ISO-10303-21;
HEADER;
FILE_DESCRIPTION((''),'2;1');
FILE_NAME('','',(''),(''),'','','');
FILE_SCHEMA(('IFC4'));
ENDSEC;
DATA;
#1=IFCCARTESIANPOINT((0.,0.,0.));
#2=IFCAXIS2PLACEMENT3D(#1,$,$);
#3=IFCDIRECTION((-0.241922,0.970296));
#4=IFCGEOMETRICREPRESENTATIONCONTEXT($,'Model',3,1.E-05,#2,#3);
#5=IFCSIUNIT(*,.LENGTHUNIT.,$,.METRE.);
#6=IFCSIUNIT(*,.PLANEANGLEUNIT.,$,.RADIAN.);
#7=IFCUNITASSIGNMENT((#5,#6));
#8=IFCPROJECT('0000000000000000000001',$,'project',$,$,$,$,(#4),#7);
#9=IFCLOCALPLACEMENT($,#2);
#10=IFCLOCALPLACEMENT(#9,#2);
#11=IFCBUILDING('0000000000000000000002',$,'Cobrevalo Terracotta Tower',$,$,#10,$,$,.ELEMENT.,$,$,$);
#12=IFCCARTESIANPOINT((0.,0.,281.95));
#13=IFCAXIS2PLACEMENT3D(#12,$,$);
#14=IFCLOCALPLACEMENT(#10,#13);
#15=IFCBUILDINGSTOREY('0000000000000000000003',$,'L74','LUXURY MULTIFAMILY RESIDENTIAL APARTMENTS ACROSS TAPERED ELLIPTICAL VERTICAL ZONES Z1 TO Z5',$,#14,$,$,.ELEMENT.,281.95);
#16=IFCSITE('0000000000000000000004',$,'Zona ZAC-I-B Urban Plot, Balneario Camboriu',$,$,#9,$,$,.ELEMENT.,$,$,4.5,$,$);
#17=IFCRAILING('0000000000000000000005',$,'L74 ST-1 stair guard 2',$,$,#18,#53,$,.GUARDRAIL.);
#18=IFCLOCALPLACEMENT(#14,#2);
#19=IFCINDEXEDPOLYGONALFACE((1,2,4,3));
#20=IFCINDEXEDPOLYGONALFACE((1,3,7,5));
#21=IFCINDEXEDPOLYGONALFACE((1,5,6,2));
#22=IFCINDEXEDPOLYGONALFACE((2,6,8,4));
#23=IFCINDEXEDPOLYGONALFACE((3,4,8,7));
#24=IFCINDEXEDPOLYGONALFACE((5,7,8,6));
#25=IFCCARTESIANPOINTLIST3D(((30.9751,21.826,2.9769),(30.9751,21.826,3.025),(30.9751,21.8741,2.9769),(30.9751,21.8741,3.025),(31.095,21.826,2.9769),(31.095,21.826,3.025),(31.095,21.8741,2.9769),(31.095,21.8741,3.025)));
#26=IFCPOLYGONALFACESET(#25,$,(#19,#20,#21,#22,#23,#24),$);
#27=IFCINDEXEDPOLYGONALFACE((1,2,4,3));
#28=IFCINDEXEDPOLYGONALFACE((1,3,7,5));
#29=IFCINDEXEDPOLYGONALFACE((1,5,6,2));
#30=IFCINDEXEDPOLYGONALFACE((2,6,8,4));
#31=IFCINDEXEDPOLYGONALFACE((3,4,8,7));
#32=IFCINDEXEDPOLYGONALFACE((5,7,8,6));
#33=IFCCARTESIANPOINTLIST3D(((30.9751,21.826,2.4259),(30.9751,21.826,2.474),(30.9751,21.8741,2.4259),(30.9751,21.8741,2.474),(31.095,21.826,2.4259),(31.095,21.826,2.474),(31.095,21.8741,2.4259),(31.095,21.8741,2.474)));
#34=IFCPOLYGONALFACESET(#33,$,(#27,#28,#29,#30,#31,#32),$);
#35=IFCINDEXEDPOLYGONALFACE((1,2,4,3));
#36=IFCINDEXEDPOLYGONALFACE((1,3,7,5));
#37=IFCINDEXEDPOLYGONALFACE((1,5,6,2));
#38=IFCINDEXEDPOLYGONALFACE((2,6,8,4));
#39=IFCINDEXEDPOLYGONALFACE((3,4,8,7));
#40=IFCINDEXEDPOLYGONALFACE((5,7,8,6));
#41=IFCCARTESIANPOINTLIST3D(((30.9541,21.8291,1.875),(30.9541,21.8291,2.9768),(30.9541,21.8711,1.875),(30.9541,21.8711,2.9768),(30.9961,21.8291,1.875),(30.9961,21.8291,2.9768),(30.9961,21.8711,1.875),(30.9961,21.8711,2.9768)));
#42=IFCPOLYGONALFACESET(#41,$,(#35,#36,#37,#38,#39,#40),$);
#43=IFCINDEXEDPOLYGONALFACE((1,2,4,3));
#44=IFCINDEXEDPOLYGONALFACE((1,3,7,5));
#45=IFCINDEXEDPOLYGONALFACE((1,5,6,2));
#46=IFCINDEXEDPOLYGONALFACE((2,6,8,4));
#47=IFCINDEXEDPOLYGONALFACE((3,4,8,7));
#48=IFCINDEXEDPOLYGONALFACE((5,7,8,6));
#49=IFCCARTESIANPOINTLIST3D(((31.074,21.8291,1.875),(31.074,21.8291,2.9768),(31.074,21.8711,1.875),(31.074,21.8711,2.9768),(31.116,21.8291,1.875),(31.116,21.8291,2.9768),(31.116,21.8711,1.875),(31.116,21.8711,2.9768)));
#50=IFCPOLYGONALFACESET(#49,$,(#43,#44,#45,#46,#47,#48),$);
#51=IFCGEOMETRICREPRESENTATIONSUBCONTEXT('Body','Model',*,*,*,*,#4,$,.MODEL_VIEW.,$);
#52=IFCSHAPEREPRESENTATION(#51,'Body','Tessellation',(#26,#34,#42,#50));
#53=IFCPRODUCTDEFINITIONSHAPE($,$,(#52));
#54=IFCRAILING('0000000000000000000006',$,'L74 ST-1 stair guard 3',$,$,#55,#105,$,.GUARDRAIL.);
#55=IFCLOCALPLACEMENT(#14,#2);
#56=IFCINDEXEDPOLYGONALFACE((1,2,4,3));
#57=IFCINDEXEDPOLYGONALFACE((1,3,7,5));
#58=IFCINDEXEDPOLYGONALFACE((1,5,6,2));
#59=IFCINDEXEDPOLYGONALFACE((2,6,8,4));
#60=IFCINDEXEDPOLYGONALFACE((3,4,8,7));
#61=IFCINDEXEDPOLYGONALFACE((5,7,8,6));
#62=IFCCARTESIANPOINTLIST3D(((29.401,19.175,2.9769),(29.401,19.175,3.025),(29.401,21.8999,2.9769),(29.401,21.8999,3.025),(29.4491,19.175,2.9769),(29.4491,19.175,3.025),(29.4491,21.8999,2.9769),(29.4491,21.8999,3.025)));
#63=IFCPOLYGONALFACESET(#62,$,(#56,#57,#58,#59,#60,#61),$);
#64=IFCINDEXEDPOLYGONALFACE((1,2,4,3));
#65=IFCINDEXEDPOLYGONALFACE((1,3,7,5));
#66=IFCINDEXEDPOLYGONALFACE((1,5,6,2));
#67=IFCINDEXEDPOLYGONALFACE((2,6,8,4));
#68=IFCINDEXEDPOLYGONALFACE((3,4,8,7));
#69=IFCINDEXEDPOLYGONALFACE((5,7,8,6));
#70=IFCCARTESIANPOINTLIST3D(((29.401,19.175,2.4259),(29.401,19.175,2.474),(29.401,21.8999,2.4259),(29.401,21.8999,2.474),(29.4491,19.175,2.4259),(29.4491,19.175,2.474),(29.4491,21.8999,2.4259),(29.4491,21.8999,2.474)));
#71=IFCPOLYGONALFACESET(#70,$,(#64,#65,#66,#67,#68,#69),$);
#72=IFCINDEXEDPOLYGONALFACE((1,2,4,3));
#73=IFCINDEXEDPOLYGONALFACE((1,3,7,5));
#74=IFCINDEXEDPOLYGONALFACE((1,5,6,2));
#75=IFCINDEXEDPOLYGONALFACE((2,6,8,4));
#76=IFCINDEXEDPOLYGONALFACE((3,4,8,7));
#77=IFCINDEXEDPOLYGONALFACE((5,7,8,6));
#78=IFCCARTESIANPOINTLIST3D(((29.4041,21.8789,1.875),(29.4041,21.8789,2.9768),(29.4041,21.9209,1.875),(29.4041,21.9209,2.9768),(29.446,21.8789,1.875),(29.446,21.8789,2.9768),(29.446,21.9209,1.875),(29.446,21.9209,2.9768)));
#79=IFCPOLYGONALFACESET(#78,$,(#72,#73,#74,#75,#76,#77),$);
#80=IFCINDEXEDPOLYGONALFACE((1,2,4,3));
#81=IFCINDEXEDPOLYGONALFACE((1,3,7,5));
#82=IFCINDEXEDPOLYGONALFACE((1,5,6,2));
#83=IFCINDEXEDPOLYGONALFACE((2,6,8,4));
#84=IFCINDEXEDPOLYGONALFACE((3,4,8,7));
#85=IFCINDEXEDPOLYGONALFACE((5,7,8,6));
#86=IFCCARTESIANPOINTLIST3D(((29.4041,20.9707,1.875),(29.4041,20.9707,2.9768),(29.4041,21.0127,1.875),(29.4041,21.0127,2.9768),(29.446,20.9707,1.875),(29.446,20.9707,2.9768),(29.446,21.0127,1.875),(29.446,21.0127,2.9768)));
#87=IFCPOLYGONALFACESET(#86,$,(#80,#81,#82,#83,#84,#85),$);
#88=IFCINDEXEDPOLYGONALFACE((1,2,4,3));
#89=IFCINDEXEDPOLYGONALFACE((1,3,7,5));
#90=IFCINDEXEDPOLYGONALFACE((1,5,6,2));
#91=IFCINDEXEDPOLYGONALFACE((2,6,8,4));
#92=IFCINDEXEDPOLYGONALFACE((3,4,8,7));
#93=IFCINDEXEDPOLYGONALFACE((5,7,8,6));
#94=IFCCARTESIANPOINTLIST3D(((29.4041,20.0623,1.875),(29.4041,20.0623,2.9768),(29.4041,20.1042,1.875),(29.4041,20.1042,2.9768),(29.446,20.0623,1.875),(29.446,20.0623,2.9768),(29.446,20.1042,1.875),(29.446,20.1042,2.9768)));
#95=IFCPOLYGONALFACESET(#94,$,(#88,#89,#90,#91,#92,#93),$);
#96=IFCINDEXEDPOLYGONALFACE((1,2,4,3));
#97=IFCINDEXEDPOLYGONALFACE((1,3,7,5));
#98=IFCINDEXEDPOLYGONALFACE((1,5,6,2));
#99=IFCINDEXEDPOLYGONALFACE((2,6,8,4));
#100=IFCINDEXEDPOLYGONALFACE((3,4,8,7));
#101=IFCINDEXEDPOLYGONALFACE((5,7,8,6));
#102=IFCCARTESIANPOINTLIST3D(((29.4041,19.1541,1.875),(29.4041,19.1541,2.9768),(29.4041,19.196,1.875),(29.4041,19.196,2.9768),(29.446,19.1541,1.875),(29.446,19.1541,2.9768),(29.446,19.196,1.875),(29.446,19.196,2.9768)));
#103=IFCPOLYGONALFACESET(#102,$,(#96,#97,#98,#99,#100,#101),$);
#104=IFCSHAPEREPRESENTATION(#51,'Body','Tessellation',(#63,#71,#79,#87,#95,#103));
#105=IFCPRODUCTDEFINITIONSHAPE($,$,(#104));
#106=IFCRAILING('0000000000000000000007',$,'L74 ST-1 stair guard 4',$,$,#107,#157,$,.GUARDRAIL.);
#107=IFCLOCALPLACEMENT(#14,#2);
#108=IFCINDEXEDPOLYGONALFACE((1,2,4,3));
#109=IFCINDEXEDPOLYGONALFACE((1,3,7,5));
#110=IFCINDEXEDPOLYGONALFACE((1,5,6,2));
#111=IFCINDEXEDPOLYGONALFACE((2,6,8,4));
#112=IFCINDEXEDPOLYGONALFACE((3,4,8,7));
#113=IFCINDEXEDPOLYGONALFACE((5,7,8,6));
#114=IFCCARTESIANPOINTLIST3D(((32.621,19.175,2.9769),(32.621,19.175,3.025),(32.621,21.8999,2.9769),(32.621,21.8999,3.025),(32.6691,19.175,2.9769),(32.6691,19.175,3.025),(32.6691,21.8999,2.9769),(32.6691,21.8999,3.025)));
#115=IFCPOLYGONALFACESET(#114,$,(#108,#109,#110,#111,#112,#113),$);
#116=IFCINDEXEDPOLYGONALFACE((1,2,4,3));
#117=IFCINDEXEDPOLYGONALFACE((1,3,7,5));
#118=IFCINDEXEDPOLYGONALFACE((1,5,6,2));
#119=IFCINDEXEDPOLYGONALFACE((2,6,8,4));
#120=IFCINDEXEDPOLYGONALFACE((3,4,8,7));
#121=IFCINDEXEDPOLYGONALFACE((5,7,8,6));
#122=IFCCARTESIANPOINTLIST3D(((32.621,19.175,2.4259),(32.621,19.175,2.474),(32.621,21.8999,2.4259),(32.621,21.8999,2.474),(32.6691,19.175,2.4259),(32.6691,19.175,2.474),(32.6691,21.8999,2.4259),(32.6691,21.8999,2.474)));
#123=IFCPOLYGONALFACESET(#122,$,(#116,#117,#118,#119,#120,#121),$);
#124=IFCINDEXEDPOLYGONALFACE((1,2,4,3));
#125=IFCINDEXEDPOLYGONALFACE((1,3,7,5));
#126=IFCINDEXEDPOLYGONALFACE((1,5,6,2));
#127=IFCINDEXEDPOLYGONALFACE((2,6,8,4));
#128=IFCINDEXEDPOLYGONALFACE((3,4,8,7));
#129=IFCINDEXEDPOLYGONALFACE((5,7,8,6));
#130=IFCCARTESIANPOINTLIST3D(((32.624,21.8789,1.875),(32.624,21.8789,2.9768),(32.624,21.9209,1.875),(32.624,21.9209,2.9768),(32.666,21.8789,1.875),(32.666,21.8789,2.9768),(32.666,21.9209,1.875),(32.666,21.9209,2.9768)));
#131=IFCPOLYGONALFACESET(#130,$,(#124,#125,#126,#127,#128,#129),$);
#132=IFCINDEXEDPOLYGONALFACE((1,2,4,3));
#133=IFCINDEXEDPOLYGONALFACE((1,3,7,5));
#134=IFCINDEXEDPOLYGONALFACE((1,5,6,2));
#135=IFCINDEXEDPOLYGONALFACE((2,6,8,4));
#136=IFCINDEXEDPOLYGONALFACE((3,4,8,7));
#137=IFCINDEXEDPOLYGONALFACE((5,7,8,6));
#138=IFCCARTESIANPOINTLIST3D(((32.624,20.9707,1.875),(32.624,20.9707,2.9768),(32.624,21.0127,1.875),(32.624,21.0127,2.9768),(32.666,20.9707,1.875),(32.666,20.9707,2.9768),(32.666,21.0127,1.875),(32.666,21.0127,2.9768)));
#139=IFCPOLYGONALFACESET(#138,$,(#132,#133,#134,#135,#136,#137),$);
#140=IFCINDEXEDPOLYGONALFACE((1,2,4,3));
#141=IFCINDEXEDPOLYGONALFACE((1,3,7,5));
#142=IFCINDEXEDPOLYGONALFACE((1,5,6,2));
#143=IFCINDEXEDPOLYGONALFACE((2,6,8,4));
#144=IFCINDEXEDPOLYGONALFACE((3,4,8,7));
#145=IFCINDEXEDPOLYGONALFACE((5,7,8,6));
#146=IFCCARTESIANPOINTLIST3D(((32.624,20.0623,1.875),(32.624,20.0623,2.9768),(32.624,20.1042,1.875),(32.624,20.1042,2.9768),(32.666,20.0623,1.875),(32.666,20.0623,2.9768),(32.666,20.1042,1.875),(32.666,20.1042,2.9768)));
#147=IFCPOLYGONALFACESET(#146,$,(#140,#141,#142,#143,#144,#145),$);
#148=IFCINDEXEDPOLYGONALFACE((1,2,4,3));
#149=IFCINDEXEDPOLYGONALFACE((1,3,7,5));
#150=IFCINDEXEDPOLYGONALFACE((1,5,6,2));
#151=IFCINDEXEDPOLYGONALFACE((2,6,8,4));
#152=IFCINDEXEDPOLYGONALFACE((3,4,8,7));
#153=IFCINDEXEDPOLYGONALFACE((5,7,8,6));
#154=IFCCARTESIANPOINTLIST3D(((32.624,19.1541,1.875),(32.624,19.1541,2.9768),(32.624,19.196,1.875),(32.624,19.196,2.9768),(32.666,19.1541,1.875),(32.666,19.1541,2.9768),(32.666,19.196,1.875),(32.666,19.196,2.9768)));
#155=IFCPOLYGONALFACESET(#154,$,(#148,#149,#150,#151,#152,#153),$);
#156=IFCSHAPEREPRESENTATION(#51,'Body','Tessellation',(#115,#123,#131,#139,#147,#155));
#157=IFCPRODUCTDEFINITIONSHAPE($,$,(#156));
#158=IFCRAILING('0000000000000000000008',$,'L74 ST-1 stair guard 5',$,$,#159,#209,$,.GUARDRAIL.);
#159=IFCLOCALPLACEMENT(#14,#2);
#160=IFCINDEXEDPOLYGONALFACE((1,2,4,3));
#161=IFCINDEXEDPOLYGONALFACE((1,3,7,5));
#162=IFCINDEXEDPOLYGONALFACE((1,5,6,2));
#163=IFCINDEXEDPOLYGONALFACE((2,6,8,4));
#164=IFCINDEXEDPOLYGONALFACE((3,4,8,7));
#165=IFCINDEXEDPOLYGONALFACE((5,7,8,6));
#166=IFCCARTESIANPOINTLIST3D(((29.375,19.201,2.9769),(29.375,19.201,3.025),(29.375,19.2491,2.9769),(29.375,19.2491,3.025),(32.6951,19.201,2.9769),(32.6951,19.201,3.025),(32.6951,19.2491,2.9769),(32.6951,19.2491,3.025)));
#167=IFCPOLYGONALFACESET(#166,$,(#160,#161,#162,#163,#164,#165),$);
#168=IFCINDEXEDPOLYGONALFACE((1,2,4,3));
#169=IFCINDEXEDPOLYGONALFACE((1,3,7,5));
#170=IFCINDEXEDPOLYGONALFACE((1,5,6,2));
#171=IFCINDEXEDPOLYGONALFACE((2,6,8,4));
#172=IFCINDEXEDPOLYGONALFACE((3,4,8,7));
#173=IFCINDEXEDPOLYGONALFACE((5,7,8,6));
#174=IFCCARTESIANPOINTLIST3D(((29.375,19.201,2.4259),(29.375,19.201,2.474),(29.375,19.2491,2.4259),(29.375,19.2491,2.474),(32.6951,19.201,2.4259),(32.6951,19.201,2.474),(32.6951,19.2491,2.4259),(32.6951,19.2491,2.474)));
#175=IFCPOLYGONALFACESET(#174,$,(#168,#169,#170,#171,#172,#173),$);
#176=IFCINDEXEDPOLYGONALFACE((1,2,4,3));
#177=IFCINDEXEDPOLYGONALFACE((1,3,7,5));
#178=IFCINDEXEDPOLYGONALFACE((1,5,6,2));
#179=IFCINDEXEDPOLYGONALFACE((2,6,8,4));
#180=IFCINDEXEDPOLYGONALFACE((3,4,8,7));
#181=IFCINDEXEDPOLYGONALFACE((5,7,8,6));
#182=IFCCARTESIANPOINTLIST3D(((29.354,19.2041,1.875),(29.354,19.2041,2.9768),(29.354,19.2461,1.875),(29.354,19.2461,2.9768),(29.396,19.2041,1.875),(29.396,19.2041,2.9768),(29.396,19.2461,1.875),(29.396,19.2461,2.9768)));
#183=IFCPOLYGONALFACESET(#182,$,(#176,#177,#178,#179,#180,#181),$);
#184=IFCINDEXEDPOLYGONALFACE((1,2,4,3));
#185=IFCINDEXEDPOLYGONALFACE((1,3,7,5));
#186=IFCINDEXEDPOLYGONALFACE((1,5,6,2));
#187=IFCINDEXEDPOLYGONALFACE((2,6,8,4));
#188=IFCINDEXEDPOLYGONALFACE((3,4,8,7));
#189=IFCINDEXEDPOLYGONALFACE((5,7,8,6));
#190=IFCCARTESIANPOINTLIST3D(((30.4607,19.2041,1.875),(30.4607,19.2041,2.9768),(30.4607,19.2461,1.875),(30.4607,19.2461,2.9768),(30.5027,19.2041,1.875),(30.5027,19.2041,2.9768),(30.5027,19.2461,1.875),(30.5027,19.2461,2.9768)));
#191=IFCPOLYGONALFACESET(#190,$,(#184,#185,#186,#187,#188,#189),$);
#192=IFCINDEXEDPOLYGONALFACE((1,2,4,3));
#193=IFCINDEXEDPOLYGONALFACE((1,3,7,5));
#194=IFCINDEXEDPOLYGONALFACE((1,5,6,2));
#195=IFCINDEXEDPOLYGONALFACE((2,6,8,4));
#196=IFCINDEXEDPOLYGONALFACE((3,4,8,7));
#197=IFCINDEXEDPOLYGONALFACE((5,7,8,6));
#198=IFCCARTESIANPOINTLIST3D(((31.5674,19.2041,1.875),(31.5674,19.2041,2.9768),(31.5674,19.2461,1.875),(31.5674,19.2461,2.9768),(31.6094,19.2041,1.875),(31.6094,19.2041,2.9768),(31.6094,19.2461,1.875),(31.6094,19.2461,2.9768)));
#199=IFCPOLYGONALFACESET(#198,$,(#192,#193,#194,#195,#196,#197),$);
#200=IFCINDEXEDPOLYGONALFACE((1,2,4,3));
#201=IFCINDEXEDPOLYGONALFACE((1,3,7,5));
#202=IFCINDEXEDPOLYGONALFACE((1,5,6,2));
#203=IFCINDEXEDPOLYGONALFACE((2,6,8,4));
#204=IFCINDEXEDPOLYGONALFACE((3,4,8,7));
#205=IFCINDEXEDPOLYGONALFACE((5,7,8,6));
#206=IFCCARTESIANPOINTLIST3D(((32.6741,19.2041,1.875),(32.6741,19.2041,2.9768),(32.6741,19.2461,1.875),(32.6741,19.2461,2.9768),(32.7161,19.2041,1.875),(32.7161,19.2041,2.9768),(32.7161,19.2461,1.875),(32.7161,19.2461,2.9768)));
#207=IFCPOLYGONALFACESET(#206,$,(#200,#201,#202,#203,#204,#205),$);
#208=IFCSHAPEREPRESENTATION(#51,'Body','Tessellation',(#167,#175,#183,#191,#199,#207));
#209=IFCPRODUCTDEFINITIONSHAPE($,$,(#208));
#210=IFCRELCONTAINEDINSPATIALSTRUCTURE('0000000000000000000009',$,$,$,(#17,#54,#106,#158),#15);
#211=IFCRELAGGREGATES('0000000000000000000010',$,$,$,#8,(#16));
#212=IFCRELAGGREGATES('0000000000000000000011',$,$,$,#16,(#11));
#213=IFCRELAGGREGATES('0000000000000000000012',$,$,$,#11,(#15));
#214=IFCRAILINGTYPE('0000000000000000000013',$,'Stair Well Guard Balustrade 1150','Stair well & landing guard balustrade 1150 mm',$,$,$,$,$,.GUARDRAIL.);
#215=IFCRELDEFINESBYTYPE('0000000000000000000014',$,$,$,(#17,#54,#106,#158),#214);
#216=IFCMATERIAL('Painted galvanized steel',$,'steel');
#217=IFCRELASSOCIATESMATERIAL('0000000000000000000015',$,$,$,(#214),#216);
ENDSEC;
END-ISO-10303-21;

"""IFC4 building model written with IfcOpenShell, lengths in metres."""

from ifc_helpers import new_model, si_unit, direction, frame, origin, origin_2d, place, context, subcontext, project, spatial, rectangle, extrude, material, type_object, element, save


model = new_model("IFC4")

# Units and contexts
model_context = context("Model", 3, precision=1e-05, world=origin(), true_north=direction((-0.241922, 0.970296)))
body_context = subcontext(model_context, "Body", "Model", "MODEL_VIEW")
ifc_project = project(units=[si_unit("LENGTHUNIT", "METRE"), si_unit("PLANEANGLEUNIT", "RADIAN")], contexts=[model_context])

# Site, building, storey
site_placement = place(None, origin())
site = spatial("IfcSite", under=ifc_project, at=site_placement, Name="Zona ZAC-I-B Urban Plot, Balneario Camboriu", CompositionType="ELEMENT", RefElevation=4.5)
building_placement = place(site_placement, origin())
building = spatial("IfcBuilding", under=site, at=building_placement, Name="Cobrevalo Terracotta Tower", CompositionType="ELEMENT")
storey_placement = place(building_placement, frame((0.0, 0.0, 281.95)))
storey = spatial("IfcBuildingStorey", under=building, at=storey_placement, Name="L74", Description="LUXURY MULTIFAMILY RESIDENTIAL APARTMENTS ACROSS TAPERED ELLIPTICAL VERTICAL ZONES Z1 TO Z5", CompositionType="ELEMENT", Elevation=281.95)

# Railings
ifc_material_1 = material(Name="Painted galvanized steel", Category="steel")
railing_type_1 = type_object("IfcRailingType", Name="Stair Well Guard Balustrade 1150", Description="Stair well & landing guard balustrade 1150 mm", PredefinedType="GUARDRAIL", material=ifc_material_1)
railing_1_placement = place(storey_placement, frame((30.9751, 21.8501, 1.875)))
element("IfcRailing", 1, at=railing_1_placement, inside=storey, type_object=railing_type_1, Name="L74 ST-1 stair guard 2", PredefinedType="GUARDRAIL", context=body_context, shape_type="SweptSolid", body=[
    extrude(rectangle(XDim=0.0481, YDim=0.0481, at=origin_2d()), frame((0.0, 0.0, 1.126), z_axis=(1.0, 0.0, 0.0), x_axis=(0.0, 1.0, 0.0)), (0.0, 0.0, 1.0), 0.1199),
    extrude(rectangle(XDim=0.0481, YDim=0.0481, at=origin_2d()), frame((0.0, 0.0, 0.575), z_axis=(1.0, 0.0, 0.0), x_axis=(0.0, 1.0, 0.0)), (0.0, 0.0, 1.0), 0.1199),
    extrude(rectangle(XDim=0.042, YDim=0.042, at=origin_2d()), origin(), (0.0, 0.0, 1.0), 1.1018),
    extrude(rectangle(XDim=0.042, YDim=0.042, at=origin_2d()), frame((0.1199, 0.0, 0.0)), (0.0, 0.0, 1.0), 1.1018),
])
for number, where, name in (
    (2, (29.425, 21.8999, 1.875), "L74 ST-1 stair guard 3"),
    (3, (32.645, 21.8999, 1.875), "L74 ST-1 stair guard 4"),
):
    element("IfcRailing", number, at=place(storey_placement, frame(where)), inside=storey, type_object=railing_type_1, Name=name, PredefinedType="GUARDRAIL", context=body_context, shape_type="SweptSolid", body=[
        extrude(rectangle(XDim=0.0481, YDim=0.0481, at=origin_2d()), frame((0.0, 0.0, 1.126), z_axis=(0.0, -1.0, 0.0), x_axis=(1.0, 0.0, 0.0)), (0.0, 0.0, 1.0), 2.7249),
        extrude(rectangle(XDim=0.0481, YDim=0.0481, at=origin_2d()), frame((0.0, 0.0, 0.575), z_axis=(0.0, -1.0, 0.0), x_axis=(1.0, 0.0, 0.0)), (0.0, 0.0, 1.0), 2.7249),
        extrude(rectangle(XDim=0.042, YDim=0.042, at=origin_2d()), origin(), (0.0, 0.0, 1.0), 1.1018),
        extrude(rectangle(XDim=0.042, YDim=0.042, at=origin_2d()), frame((0.0, -0.9082, 0.0)), (0.0, 0.0, 1.0), 1.1018),
        extrude(rectangle(XDim=0.042, YDim=0.042, at=origin_2d()), frame((0.0, -1.8167, 0.0)), (0.0, 0.0, 1.0), 1.1018),
        extrude(rectangle(XDim=0.042, YDim=0.042, at=origin_2d()), frame((0.0, -2.7249, 0.0)), (0.0, 0.0, 1.0), 1.1018),
    ])
railing_2_placement = place(storey_placement, frame((29.375, 19.2251, 1.875)))
element("IfcRailing", 4, at=railing_2_placement, inside=storey, type_object=railing_type_1, Name="L74 ST-1 stair guard 5", PredefinedType="GUARDRAIL", context=body_context, shape_type="SweptSolid", body=[
    extrude(rectangle(XDim=0.0481, YDim=0.0481, at=origin_2d()), frame((0.0, 0.0, 1.126), z_axis=(1.0, 0.0, 0.0), x_axis=(0.0, 1.0, 0.0)), (0.0, 0.0, 1.0), 3.3201),
    extrude(rectangle(XDim=0.0481, YDim=0.0481, at=origin_2d()), frame((0.0, 0.0, 0.575), z_axis=(1.0, 0.0, 0.0), x_axis=(0.0, 1.0, 0.0)), (0.0, 0.0, 1.0), 3.3201),
    extrude(rectangle(XDim=0.042, YDim=0.042, at=origin_2d()), origin(), (0.0, 0.0, 1.0), 1.1018),
    extrude(rectangle(XDim=0.042, YDim=0.042, at=origin_2d()), frame((1.1067, 0.0, 0.0)), (0.0, 0.0, 1.0), 1.1018),
    extrude(rectangle(XDim=0.042, YDim=0.042, at=origin_2d()), frame((2.2134, 0.0, 0.0)), (0.0, 0.0, 1.0), 1.1018),
    extrude(rectangle(XDim=0.042, YDim=0.042, at=origin_2d()), frame((3.3201, 0.0, 0.0)), (0.0, 0.0, 1.0), 1.1018),
])

save(model, "model.ifc")
